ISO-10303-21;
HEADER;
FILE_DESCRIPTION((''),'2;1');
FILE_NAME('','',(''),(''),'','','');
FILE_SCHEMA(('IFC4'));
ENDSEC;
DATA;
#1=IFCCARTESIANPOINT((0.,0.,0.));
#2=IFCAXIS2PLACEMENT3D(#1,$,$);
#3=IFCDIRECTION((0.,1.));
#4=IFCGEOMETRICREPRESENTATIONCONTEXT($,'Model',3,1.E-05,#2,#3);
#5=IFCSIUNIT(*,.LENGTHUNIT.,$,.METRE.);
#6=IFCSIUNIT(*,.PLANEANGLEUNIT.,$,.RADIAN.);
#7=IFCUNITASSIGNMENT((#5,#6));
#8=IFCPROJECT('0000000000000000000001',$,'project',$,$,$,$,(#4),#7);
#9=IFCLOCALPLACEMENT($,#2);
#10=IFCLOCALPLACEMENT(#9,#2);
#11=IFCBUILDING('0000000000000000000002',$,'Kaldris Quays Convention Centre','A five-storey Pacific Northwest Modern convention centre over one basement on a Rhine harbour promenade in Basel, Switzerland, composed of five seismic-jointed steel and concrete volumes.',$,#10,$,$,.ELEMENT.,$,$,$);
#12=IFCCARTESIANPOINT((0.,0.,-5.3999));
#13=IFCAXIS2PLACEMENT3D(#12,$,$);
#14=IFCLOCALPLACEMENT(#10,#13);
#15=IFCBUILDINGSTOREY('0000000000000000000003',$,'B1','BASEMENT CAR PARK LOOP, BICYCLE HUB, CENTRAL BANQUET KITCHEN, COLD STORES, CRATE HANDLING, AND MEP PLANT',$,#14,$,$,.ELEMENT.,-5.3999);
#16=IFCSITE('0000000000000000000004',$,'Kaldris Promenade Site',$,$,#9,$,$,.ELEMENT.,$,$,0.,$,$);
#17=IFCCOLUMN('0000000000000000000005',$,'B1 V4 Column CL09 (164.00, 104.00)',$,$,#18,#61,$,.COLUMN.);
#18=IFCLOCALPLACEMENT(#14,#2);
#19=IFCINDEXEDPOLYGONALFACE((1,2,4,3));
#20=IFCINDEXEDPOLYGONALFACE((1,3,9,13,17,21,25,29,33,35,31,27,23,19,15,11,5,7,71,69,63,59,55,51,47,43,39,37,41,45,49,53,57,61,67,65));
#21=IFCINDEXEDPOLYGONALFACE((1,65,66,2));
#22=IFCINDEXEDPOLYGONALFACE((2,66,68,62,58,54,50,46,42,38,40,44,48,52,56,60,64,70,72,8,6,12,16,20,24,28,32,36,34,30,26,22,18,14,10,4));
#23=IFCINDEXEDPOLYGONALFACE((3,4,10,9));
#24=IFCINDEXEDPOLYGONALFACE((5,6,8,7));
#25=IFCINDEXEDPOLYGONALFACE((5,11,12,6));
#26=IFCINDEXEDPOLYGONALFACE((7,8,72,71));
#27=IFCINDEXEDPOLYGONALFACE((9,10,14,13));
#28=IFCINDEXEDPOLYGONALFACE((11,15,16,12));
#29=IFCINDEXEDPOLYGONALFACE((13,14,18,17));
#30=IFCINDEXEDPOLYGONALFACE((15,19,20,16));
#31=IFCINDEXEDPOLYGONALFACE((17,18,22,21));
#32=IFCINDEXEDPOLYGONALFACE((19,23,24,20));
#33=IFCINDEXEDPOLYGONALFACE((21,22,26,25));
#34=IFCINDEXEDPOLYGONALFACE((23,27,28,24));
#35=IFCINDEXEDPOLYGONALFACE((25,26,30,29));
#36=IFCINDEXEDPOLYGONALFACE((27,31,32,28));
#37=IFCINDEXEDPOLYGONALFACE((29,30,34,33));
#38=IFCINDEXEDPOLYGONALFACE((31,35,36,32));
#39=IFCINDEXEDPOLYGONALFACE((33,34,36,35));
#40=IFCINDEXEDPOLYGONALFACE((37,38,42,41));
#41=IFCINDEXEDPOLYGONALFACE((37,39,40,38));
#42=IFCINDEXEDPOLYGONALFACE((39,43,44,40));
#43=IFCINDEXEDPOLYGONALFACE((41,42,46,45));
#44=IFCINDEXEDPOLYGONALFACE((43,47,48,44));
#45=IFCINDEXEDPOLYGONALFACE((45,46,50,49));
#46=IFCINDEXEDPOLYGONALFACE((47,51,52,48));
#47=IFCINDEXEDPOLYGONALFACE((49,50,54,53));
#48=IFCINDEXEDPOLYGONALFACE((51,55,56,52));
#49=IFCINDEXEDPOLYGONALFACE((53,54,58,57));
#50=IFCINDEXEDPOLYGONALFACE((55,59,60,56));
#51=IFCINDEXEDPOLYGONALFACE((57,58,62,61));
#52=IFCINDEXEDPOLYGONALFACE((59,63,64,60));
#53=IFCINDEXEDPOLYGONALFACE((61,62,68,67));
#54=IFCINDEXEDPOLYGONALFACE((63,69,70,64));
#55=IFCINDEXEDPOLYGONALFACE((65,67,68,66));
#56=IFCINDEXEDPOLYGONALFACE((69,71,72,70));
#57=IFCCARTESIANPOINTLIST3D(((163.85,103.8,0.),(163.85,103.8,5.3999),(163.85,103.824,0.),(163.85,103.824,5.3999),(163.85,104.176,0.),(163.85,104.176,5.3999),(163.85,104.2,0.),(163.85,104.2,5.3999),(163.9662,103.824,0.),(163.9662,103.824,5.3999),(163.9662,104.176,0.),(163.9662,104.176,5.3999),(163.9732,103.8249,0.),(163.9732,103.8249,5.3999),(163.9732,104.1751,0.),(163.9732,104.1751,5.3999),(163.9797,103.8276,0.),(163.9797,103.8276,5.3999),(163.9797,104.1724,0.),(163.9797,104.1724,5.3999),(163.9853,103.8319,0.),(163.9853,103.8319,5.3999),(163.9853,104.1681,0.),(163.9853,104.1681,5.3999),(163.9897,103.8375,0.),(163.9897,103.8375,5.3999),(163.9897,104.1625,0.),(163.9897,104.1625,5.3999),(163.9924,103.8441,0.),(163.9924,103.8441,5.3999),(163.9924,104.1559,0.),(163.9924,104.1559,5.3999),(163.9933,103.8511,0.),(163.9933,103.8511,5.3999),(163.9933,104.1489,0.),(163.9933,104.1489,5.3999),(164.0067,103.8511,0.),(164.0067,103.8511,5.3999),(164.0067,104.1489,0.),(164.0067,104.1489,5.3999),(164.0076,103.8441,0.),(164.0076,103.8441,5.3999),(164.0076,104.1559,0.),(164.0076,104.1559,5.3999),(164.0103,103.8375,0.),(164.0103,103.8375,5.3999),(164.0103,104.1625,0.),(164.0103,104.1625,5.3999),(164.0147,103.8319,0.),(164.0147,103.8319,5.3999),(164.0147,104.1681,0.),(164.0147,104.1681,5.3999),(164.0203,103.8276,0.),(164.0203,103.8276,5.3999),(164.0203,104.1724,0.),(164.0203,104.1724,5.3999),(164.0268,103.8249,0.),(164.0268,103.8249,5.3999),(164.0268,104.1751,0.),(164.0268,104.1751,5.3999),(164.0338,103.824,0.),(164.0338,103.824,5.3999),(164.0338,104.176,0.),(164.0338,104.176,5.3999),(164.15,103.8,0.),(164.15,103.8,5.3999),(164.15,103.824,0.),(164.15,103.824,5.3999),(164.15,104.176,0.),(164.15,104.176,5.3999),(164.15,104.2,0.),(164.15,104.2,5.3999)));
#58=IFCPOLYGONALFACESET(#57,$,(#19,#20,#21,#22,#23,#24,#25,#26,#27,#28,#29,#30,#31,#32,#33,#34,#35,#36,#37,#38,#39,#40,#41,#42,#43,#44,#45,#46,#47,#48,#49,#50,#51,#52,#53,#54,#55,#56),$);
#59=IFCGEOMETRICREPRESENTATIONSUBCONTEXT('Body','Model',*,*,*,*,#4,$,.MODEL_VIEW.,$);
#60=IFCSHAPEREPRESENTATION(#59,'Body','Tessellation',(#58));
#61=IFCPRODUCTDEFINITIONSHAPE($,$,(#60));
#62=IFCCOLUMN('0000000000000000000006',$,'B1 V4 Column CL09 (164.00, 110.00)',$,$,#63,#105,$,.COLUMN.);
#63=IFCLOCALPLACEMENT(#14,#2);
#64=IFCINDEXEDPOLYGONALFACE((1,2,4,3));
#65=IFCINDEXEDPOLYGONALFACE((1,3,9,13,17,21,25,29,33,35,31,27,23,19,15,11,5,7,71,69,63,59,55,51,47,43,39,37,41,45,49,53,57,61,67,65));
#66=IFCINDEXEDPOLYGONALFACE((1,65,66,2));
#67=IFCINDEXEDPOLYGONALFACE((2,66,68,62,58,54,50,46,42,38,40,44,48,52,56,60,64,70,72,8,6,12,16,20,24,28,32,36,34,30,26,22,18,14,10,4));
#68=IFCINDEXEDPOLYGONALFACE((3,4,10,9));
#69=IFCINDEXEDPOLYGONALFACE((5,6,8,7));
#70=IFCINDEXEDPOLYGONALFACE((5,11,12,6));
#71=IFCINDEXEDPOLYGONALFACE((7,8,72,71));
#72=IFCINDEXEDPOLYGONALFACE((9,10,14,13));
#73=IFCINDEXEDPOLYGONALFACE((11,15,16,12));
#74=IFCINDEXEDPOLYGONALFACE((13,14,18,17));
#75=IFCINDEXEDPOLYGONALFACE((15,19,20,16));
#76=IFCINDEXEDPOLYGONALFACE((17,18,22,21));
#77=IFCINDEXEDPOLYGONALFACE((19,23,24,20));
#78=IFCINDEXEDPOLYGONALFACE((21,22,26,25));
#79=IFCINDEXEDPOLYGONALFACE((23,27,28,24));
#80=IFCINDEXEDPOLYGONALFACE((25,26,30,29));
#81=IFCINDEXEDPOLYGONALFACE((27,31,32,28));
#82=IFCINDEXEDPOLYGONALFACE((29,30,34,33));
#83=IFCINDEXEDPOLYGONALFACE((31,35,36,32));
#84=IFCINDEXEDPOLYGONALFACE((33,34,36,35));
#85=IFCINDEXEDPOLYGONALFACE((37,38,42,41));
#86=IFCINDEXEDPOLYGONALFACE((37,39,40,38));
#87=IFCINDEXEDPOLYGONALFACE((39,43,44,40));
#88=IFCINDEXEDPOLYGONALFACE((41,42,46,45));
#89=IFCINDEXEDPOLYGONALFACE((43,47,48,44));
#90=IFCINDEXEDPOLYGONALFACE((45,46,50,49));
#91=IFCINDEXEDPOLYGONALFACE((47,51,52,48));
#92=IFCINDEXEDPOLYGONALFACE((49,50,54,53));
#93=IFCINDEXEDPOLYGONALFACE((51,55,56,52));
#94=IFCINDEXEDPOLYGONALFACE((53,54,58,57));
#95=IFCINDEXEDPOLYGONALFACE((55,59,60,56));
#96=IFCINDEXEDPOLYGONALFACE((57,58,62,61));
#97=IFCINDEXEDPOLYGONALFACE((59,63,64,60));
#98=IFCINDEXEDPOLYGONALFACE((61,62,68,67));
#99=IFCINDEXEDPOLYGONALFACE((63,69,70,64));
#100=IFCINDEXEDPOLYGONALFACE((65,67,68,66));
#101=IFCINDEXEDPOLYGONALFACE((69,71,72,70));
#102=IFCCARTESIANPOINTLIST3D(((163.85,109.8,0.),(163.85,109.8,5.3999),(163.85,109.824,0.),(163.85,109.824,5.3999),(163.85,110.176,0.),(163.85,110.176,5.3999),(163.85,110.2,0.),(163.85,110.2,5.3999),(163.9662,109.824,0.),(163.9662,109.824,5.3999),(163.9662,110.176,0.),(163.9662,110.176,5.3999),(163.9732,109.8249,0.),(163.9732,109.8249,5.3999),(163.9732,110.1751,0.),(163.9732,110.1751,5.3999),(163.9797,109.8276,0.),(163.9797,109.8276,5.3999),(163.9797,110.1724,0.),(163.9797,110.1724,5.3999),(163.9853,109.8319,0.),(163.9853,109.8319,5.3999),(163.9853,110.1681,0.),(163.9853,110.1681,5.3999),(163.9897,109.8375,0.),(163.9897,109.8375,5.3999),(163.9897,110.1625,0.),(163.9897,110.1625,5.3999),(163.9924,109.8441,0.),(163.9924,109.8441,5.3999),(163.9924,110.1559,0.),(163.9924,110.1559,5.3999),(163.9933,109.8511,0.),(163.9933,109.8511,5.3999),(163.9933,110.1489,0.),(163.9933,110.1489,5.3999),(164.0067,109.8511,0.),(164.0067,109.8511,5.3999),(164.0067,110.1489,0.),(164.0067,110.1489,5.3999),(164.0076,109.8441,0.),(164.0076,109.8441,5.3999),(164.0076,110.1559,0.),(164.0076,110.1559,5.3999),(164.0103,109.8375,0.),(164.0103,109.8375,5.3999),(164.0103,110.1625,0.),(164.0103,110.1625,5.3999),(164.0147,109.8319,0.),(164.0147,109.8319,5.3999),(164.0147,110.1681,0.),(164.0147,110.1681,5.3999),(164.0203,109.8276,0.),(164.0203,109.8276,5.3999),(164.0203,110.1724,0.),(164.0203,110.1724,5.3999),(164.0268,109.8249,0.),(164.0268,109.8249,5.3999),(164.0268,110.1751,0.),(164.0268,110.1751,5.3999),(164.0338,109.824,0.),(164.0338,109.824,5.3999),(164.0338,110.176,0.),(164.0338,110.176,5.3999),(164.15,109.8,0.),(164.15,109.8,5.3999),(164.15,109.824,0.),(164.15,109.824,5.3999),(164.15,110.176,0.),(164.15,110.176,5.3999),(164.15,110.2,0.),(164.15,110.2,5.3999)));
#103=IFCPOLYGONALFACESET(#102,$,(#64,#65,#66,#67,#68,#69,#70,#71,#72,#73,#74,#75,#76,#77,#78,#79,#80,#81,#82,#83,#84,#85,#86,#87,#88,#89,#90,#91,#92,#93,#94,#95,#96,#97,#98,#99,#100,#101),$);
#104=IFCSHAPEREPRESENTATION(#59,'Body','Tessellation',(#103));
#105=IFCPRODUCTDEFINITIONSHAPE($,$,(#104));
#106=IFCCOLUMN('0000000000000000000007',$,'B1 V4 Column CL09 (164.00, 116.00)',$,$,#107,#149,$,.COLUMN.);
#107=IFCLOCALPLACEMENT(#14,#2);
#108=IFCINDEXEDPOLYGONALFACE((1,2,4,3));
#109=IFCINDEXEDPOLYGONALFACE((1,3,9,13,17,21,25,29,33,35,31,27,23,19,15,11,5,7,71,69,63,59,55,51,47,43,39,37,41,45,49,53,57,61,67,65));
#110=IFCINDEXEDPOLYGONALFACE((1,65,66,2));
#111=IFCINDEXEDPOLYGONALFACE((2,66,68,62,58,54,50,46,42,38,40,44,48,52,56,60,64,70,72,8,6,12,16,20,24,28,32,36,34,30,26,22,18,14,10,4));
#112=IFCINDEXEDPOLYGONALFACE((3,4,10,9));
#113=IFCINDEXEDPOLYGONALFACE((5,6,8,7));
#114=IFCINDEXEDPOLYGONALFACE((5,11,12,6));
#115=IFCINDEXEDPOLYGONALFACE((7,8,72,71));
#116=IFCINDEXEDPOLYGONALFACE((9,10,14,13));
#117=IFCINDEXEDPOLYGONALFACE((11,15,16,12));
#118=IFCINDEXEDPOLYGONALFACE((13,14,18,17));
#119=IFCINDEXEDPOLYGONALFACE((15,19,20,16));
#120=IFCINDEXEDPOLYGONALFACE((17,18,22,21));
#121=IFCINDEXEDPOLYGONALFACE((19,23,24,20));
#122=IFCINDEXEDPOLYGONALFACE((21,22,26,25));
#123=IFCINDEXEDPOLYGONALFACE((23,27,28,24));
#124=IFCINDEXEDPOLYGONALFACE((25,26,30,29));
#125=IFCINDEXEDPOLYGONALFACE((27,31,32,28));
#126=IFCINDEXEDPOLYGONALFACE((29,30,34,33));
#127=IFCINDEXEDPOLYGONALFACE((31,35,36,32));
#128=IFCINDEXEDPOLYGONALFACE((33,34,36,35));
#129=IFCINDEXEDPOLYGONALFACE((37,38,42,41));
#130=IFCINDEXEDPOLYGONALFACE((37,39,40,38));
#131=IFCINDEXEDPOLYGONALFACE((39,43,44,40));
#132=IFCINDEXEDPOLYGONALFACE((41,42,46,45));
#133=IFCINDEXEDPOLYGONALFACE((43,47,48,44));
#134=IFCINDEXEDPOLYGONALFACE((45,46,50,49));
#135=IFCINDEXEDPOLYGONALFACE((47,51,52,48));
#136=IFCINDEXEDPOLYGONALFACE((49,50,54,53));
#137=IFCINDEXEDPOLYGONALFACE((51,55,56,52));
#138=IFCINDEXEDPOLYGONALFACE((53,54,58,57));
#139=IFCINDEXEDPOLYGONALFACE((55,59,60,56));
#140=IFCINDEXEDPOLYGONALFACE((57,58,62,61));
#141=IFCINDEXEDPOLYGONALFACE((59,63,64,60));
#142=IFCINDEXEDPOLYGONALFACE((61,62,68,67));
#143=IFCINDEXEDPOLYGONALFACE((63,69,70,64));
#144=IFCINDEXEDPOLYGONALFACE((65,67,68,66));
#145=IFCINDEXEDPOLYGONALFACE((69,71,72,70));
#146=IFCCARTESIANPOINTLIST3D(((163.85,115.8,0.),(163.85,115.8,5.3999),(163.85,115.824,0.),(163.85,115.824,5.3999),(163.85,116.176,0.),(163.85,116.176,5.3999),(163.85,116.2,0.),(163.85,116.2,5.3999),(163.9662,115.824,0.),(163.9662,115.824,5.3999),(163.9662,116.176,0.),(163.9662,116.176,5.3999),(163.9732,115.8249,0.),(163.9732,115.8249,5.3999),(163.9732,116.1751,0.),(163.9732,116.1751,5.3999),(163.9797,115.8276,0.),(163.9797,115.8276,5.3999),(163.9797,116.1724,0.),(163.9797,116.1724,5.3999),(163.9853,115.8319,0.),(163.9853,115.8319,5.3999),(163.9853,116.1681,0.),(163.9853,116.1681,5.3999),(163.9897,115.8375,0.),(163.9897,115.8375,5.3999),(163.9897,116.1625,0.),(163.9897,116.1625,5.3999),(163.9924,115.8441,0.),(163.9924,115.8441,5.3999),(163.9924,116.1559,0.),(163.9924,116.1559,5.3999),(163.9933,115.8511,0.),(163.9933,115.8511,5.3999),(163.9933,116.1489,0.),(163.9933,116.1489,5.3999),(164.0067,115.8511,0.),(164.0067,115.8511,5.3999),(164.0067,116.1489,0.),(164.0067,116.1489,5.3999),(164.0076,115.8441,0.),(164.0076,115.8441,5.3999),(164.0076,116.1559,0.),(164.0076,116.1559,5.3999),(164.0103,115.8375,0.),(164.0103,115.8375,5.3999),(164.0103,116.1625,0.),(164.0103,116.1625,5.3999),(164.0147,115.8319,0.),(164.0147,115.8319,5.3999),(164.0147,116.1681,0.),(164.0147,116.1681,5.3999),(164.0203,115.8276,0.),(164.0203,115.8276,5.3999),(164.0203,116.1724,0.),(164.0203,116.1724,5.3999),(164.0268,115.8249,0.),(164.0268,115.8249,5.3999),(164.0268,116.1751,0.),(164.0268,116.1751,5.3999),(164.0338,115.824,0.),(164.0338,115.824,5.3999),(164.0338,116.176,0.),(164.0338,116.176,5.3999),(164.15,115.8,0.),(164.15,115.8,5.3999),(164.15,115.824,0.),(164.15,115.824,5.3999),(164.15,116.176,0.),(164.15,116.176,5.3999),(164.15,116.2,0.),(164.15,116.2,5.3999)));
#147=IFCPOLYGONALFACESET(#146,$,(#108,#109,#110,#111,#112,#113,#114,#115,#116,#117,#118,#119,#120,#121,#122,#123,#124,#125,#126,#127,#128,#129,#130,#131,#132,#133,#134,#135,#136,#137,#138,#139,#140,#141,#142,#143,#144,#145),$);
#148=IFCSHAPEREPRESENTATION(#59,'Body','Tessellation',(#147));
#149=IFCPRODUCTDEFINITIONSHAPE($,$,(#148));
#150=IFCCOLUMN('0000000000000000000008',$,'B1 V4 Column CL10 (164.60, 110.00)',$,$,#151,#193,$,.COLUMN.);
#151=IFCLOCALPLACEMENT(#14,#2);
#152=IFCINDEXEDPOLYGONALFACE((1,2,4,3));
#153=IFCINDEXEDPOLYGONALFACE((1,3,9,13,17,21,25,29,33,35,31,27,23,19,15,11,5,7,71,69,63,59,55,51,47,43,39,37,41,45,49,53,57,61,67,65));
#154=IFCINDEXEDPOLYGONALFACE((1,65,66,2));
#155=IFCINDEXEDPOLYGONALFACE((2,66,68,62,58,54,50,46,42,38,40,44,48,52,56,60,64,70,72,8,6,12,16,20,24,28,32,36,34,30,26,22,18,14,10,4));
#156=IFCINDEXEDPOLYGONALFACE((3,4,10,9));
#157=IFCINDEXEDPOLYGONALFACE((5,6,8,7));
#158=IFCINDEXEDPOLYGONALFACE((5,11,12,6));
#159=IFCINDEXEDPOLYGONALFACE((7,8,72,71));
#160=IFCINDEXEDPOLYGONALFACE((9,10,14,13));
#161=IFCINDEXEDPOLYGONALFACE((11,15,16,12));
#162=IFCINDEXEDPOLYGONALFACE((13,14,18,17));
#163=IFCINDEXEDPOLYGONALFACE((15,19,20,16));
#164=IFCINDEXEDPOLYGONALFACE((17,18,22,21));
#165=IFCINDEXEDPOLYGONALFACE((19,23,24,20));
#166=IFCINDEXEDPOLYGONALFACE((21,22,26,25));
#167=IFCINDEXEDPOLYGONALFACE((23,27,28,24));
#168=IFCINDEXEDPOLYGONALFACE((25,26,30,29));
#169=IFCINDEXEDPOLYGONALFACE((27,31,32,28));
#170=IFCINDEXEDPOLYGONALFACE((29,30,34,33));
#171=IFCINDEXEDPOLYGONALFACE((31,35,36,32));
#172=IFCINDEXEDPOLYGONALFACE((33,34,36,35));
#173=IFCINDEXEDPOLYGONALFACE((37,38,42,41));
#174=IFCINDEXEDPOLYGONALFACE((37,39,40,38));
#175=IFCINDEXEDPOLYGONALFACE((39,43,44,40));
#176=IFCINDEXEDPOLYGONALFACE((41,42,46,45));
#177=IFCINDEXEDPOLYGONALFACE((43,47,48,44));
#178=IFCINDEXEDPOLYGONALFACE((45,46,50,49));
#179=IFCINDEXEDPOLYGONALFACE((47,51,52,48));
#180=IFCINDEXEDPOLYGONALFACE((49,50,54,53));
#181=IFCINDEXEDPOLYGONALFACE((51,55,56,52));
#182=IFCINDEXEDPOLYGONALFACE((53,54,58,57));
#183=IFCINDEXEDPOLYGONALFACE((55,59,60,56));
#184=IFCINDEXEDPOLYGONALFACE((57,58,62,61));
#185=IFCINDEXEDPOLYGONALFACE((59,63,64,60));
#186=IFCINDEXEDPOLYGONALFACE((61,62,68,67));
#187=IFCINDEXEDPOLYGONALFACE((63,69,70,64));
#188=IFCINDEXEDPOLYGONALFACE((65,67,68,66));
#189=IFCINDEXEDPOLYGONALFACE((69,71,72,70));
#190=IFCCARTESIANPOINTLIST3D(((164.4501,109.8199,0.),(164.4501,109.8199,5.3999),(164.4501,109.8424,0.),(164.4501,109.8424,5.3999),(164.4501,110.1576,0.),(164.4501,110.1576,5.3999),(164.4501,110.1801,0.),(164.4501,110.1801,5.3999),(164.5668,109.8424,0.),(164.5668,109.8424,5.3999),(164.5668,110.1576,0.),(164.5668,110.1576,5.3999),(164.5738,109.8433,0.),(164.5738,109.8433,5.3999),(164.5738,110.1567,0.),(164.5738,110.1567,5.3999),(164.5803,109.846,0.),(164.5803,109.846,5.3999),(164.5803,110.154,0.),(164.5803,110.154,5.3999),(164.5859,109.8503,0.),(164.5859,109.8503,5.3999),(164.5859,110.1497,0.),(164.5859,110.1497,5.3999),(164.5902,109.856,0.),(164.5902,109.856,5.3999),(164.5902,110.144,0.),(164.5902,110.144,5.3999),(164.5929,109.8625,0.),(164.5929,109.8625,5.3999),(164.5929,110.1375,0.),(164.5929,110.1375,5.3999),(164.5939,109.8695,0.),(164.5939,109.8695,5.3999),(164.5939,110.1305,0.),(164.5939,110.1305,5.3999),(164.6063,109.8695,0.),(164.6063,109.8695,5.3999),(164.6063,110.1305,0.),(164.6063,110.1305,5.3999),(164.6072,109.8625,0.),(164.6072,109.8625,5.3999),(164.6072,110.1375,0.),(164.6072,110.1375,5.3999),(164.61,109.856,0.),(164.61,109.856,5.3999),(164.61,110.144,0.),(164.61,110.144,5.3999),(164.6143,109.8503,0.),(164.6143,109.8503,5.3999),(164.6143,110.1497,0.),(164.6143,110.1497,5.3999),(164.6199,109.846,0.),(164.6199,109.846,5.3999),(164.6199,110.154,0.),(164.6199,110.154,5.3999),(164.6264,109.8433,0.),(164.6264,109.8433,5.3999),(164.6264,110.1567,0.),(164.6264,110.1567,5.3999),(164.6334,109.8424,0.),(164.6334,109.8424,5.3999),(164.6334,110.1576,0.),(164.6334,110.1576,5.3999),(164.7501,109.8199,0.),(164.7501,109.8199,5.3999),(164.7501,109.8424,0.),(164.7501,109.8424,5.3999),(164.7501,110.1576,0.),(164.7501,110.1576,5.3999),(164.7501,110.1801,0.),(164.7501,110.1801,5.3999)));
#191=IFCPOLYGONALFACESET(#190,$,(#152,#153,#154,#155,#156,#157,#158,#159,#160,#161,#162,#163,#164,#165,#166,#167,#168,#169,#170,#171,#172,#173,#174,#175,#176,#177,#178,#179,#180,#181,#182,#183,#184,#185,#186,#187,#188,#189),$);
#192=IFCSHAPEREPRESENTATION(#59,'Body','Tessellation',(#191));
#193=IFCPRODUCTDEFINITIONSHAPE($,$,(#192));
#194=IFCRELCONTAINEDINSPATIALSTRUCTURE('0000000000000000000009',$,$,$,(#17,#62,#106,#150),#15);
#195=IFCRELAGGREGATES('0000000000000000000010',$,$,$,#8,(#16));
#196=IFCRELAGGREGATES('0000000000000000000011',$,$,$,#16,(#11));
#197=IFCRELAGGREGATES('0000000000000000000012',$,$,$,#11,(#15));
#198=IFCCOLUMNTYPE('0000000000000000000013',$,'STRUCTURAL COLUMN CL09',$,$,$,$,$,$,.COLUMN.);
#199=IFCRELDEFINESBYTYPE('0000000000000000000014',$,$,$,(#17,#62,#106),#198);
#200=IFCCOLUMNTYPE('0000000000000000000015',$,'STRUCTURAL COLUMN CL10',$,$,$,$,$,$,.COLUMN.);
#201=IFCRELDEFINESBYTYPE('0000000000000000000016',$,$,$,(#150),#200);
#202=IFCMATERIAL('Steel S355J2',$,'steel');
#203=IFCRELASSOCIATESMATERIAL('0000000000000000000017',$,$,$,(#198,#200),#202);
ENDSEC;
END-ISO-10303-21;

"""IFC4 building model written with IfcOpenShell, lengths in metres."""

from ifc_helpers import new_model, si_unit, direction, frame, origin, origin_2d, place, context, subcontext, project, spatial, i_section, extrude, material, material_profile, profile_set, type_object, element, save


model = new_model("IFC4")

# Units and contexts
model_context = context("Model", 3, precision=1e-05, world=origin(), true_north=direction((0.0, 1.0)))
body_context = subcontext(model_context, "Body", "Model", "MODEL_VIEW")
ifc_project = project(units=[si_unit("LENGTHUNIT", "METRE"), si_unit("PLANEANGLEUNIT", "RADIAN")], contexts=[model_context])

# Site, building, storey
site_placement = place(None, origin())
site = spatial("IfcSite", under=ifc_project, at=site_placement, Name="Kaldris Promenade Site", CompositionType="ELEMENT", RefElevation=0.0)
building_placement = place(site_placement, origin())
building = spatial("IfcBuilding", under=site, at=building_placement, Name="Kaldris Quays Convention Centre", Description="A five-storey Pacific Northwest Modern convention centre over one basement on a Rhine harbour promenade in Basel, Switzerland, composed of five seismic-jointed steel and concrete volumes.", CompositionType="ELEMENT")
storey_placement = place(building_placement, frame((0.0, 0.0, -5.3999)))
storey = spatial("IfcBuildingStorey", under=building, at=storey_placement, Name="B1", Description="BASEMENT CAR PARK LOOP, BICYCLE HUB, CENTRAL BANQUET KITCHEN, COLD STORES, CRATE HANDLING, AND MEP PLANT", CompositionType="ELEMENT", Elevation=-5.3999)

# Columns
ifc_material_1 = material(Name="Steel S355J2", Category="steel")
ifc_material_profile_1 = material_profile(ifc_material_1, i_section(OverallWidth=0.3, OverallDepth=0.3999, WebThickness=0.0134, FlangeThickness=0.0239, FilletRadius=0.0271, at=origin_2d()), Name="HEB 400")
ifc_profile_set_1 = profile_set([ifc_material_profile_1], Name="Steel S355J2")
column_type_1 = type_object("IfcColumnType", Name="STRUCTURAL COLUMN CL09", PredefinedType="COLUMN", material=ifc_profile_set_1)
for number, where, z_axis, x_axis, name in (
    (1, (164.0, 104.0, 0.0), (0.0, 0.0, 1.0), (1.0, 0.0, 0.0), "B1 V4 Column CL09 (164.00, 104.00)"),
    (2, (164.0, 110.0, 0.0), (0.0, 0.0, 1.0), (1.0, 0.0, 0.0), "B1 V4 Column CL09 (164.00, 110.00)"),
    (3, (164.0, 116.0, 0.0), (0.0, 0.0, 1.0), (1.0, 0.0, 0.0), "B1 V4 Column CL09 (164.00, 116.00)"),
):
    element("IfcColumn", number, at=place(storey_placement, frame(where, z_axis=z_axis, x_axis=x_axis)), inside=storey, type_object=column_type_1, Name=name, PredefinedType="COLUMN", context=body_context, shape_type="SweptSolid", body=[
        extrude(i_section(OverallWidth=0.3, OverallDepth=0.3999, WebThickness=0.0134, FlangeThickness=0.0239, FilletRadius=0.0271, at=origin_2d()), origin(), (0.0, 0.0, 1.0), 5.3999),
    ])
ifc_material_profile_2 = material_profile(ifc_material_1, i_section(OverallWidth=0.3, OverallDepth=0.3601, WebThickness=0.0125, FlangeThickness=0.0225, FilletRadius=0.0271, at=origin_2d()), Name="HEB 360")
ifc_profile_set_2 = profile_set([ifc_material_profile_2], Name="Steel S355J2")
column_type_2 = type_object("IfcColumnType", Name="STRUCTURAL COLUMN CL10", PredefinedType="COLUMN", material=ifc_profile_set_2)
for number, where, z_axis, x_axis, name in (
    (4, (164.6001, 110.0, 0.0), (0.0, 0.0, 1.0), (1.0, 0.0, 0.0), "B1 V4 Column CL10 (164.60, 110.00)"),
):
    element("IfcColumn", number, at=place(storey_placement, frame(where, z_axis=z_axis, x_axis=x_axis)), inside=storey, type_object=column_type_2, Name=name, PredefinedType="COLUMN", context=body_context, shape_type="SweptSolid", body=[
        extrude(i_section(OverallWidth=0.3, OverallDepth=0.3601, WebThickness=0.0125, FlangeThickness=0.0225, FilletRadius=0.0271, at=origin_2d()), origin(), (0.0, 0.0, 1.0), 5.3999),
    ])

save(model, "model.ifc")
